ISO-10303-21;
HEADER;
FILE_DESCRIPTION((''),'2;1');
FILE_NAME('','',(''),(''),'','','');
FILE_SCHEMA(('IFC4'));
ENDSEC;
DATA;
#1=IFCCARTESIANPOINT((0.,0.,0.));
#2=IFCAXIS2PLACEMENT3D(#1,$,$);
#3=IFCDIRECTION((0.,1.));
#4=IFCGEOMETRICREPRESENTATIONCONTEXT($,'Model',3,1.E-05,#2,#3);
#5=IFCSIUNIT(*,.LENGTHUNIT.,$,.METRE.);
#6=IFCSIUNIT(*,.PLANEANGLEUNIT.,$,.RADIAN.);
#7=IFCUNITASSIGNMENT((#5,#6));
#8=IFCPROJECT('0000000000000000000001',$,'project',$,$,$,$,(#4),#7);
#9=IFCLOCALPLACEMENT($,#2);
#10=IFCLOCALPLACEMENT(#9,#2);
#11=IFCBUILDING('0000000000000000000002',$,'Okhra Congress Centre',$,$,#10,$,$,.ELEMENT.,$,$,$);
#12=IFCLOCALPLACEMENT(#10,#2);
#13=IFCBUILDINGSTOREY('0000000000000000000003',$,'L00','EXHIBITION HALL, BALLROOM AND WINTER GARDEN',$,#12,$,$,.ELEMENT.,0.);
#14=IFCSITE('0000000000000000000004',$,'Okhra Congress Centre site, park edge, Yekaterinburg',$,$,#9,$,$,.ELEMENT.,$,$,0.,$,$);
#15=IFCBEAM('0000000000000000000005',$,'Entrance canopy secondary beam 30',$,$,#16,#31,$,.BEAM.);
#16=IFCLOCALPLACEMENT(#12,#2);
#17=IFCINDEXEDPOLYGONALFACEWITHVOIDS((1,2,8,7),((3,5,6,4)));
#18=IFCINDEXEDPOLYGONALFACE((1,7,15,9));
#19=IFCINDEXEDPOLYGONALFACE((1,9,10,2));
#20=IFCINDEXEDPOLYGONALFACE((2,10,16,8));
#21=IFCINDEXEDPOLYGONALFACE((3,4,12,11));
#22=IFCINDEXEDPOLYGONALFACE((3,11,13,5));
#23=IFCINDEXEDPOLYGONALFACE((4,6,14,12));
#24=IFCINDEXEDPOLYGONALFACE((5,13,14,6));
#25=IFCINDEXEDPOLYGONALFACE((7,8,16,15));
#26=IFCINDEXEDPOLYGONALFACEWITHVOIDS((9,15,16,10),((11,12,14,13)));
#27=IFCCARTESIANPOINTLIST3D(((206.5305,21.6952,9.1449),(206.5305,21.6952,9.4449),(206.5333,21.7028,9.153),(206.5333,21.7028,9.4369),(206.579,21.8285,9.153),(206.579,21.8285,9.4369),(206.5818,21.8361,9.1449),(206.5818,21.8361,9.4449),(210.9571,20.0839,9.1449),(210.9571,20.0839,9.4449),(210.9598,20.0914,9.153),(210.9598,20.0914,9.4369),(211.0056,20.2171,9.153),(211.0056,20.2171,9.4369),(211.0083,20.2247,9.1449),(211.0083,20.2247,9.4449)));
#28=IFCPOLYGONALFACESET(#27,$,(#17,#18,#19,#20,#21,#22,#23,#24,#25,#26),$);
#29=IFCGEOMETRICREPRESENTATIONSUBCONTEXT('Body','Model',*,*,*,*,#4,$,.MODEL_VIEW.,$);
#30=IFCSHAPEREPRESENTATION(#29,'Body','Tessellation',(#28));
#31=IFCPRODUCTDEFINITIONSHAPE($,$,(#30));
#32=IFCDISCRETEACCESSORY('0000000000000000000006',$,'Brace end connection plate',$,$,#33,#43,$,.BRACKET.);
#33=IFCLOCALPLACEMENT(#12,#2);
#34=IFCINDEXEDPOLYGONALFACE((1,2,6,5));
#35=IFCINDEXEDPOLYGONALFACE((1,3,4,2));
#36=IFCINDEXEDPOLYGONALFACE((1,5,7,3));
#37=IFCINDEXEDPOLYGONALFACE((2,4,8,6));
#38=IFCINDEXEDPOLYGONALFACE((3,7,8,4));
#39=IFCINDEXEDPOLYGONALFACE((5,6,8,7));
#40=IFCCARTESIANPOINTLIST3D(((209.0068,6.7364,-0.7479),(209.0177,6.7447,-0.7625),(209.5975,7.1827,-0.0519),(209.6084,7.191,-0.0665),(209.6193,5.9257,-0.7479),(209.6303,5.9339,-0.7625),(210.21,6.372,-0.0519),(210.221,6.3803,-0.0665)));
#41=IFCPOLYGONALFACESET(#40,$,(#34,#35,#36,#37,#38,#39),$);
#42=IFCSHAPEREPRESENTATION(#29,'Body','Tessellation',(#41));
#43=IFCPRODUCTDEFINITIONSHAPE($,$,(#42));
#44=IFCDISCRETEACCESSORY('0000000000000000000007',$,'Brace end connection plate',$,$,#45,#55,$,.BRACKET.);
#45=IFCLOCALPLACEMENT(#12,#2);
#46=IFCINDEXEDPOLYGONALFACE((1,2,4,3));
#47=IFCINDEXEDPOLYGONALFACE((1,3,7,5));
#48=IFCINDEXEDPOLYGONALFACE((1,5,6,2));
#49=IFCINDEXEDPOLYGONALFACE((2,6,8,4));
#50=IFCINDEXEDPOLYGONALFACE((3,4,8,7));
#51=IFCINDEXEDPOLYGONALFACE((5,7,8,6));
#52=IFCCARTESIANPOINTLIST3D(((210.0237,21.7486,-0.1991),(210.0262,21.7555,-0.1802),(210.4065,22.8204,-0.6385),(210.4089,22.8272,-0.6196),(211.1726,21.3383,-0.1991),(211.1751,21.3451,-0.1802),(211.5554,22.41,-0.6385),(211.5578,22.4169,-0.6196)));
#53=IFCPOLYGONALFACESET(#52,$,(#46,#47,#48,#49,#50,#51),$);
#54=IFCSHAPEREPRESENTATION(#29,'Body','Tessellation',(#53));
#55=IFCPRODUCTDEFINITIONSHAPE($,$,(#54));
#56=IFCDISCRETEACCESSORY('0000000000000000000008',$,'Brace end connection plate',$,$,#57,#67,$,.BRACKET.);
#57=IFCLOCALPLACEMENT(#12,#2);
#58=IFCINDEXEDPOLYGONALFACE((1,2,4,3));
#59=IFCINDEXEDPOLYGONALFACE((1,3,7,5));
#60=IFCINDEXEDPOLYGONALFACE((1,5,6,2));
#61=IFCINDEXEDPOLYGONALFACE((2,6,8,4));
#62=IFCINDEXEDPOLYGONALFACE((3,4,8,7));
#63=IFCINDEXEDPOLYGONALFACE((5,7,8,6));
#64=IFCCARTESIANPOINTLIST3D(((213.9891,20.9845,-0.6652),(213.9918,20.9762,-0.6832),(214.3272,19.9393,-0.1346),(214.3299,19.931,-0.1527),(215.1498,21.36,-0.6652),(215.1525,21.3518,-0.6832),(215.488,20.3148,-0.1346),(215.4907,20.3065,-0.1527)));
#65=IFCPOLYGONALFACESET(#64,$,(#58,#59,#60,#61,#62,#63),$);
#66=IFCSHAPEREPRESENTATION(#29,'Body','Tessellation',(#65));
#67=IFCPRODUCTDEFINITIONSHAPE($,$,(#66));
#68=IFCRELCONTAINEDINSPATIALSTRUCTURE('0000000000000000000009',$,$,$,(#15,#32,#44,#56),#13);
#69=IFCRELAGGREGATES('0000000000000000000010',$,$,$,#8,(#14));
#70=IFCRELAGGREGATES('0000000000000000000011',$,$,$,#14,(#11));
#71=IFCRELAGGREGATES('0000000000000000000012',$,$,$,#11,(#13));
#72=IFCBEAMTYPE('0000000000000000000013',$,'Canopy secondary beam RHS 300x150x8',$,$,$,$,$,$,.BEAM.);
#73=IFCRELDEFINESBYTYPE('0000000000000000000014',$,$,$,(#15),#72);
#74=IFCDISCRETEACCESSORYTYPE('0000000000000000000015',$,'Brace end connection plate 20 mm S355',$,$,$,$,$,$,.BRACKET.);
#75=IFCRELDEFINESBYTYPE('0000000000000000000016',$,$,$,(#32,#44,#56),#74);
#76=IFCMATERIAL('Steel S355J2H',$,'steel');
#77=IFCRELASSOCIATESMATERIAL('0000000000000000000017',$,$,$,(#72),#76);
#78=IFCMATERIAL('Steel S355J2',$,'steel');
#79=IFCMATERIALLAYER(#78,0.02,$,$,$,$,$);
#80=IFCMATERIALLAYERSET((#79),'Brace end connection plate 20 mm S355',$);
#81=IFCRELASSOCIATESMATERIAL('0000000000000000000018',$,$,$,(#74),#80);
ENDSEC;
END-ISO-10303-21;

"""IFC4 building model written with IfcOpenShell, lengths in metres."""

from ifc_helpers import new_model, si_unit, direction, frame, origin, origin_2d, place, context, subcontext, project, spatial, rectangle, hollow_rectangle, extrude, material, layer, layer_set, material_profile, profile_set, type_object, element, save


model = new_model("IFC4")

# Units and contexts
model_context = context("Model", 3, precision=1e-05, world=origin(), true_north=direction((0.0, 1.0)))
body_context = subcontext(model_context, "Body", "Model", "MODEL_VIEW")
ifc_project = project(units=[si_unit("LENGTHUNIT", "METRE"), si_unit("PLANEANGLEUNIT", "RADIAN")], contexts=[model_context])

# Site, building, storey
site_placement = place(None, origin())
site = spatial("IfcSite", under=ifc_project, at=site_placement, Name="Okhra Congress Centre site, park edge, Yekaterinburg", CompositionType="ELEMENT", RefElevation=0.0)
building_placement = place(site_placement, origin())
building = spatial("IfcBuilding", under=site, at=building_placement, Name="Okhra Congress Centre", CompositionType="ELEMENT")
storey_placement = place(building_placement, origin())
storey = spatial("IfcBuildingStorey", under=building, at=storey_placement, Name="L00", Description="EXHIBITION HALL, BALLROOM AND WINTER GARDEN", CompositionType="ELEMENT", Elevation=0.0)

# Shared definitions
ifc_material_1 = material(Name="Steel S355J2H", Category="steel")

# Beam
ifc_material_profile_1 = material_profile(ifc_material_1, hollow_rectangle(XDim=0.1499, YDim=0.3, WallThickness=0.0081, at=origin_2d()), Name="RHS 300x150x8")
ifc_profile_set_1 = profile_set([ifc_material_profile_1], Name="Steel S355J2H")
beam_type = type_object("IfcBeamType", Name="Canopy secondary beam RHS 300x150x8", PredefinedType="BEAM", material=ifc_profile_set_1)
beam_placement = place(storey_placement, frame((206.5562, 21.7656, 9.2949), z_axis=(0.939678, -0.342059, 0.0), x_axis=(0.342059, 0.939678, 0.0)))
element("IfcBeam", 1, at=beam_placement, inside=storey, type_object=beam_type, Name="Entrance canopy secondary beam 30", PredefinedType="BEAM", context=body_context, shape_type="SweptSolid", body=[
    extrude(hollow_rectangle(XDim=0.1499, YDim=0.3, WallThickness=0.0081, at=origin_2d()), origin(), (0.0, 0.0, 1.0), 4.7107),
])

# Discrete accessories
ifc_material_2 = material(Name="Steel S355J2", Category="steel")
ifc_layer = layer(ifc_material_2, 0.02)
ifc_layer_set = layer_set([ifc_layer], Name="Brace end connection plate 20 mm S355")
discrete_accessory_type = type_object("IfcDiscreteAccessoryType", Name="Brace end connection plate 20 mm S355", PredefinedType="BRACKET", material=ifc_layer_set)
discrete_accessory_1_placement = place(storey_placement, frame((209.6084, 6.5542, -0.3999), z_axis=(0.546469, 0.412888, -0.728626), x_axis=(-0.602833, 0.797867, 0.0)))
element("IfcDiscreteAccessory", 2, at=discrete_accessory_1_placement, inside=storey, type_object=discrete_accessory_type, Name="Brace end connection plate", PredefinedType="BRACKET", context=body_context, shape_type="SweptSolid", body=[
    extrude(rectangle(XDim=1.0161, YDim=1.0161, at=origin_2d()), origin(), (0.0, 0.0, 1.0), 0.02),
])
discrete_accessory_2_placement = place(storey_placement, frame((210.792, 22.0862, -0.3999), z_axis=(-0.121152, -0.339226, -0.932871), x_axis=(0.941742, -0.336336, 0.0)))
element("IfcDiscreteAccessory", 3, at=discrete_accessory_2_placement, inside=storey, type_object=discrete_accessory_type, Name="Brace end connection plate", PredefinedType="BRACKET", context=body_context, shape_type="SweptSolid", body=[
    extrude(rectangle(XDim=1.22, YDim=1.22, at=origin_2d()), origin(), (0.0, 0.0, 1.0), 0.0203),
])
discrete_accessory_3_placement = place(storey_placement, frame((214.7385, 20.6497, -0.3999), z_axis=(0.133858, -0.413743, -0.900499), x_axis=(0.951445, 0.30782, 0.0)))
element("IfcDiscreteAccessory", 4, at=discrete_accessory_3_placement, inside=storey, type_object=discrete_accessory_type, Name="Brace end connection plate", PredefinedType="BRACKET", context=body_context, shape_type="SweptSolid", body=[
    extrude(rectangle(XDim=1.22, YDim=1.22, at=origin_2d()), origin(), (0.0, 0.0, 1.0), 0.02),
])

save(model, "model.ifc")
